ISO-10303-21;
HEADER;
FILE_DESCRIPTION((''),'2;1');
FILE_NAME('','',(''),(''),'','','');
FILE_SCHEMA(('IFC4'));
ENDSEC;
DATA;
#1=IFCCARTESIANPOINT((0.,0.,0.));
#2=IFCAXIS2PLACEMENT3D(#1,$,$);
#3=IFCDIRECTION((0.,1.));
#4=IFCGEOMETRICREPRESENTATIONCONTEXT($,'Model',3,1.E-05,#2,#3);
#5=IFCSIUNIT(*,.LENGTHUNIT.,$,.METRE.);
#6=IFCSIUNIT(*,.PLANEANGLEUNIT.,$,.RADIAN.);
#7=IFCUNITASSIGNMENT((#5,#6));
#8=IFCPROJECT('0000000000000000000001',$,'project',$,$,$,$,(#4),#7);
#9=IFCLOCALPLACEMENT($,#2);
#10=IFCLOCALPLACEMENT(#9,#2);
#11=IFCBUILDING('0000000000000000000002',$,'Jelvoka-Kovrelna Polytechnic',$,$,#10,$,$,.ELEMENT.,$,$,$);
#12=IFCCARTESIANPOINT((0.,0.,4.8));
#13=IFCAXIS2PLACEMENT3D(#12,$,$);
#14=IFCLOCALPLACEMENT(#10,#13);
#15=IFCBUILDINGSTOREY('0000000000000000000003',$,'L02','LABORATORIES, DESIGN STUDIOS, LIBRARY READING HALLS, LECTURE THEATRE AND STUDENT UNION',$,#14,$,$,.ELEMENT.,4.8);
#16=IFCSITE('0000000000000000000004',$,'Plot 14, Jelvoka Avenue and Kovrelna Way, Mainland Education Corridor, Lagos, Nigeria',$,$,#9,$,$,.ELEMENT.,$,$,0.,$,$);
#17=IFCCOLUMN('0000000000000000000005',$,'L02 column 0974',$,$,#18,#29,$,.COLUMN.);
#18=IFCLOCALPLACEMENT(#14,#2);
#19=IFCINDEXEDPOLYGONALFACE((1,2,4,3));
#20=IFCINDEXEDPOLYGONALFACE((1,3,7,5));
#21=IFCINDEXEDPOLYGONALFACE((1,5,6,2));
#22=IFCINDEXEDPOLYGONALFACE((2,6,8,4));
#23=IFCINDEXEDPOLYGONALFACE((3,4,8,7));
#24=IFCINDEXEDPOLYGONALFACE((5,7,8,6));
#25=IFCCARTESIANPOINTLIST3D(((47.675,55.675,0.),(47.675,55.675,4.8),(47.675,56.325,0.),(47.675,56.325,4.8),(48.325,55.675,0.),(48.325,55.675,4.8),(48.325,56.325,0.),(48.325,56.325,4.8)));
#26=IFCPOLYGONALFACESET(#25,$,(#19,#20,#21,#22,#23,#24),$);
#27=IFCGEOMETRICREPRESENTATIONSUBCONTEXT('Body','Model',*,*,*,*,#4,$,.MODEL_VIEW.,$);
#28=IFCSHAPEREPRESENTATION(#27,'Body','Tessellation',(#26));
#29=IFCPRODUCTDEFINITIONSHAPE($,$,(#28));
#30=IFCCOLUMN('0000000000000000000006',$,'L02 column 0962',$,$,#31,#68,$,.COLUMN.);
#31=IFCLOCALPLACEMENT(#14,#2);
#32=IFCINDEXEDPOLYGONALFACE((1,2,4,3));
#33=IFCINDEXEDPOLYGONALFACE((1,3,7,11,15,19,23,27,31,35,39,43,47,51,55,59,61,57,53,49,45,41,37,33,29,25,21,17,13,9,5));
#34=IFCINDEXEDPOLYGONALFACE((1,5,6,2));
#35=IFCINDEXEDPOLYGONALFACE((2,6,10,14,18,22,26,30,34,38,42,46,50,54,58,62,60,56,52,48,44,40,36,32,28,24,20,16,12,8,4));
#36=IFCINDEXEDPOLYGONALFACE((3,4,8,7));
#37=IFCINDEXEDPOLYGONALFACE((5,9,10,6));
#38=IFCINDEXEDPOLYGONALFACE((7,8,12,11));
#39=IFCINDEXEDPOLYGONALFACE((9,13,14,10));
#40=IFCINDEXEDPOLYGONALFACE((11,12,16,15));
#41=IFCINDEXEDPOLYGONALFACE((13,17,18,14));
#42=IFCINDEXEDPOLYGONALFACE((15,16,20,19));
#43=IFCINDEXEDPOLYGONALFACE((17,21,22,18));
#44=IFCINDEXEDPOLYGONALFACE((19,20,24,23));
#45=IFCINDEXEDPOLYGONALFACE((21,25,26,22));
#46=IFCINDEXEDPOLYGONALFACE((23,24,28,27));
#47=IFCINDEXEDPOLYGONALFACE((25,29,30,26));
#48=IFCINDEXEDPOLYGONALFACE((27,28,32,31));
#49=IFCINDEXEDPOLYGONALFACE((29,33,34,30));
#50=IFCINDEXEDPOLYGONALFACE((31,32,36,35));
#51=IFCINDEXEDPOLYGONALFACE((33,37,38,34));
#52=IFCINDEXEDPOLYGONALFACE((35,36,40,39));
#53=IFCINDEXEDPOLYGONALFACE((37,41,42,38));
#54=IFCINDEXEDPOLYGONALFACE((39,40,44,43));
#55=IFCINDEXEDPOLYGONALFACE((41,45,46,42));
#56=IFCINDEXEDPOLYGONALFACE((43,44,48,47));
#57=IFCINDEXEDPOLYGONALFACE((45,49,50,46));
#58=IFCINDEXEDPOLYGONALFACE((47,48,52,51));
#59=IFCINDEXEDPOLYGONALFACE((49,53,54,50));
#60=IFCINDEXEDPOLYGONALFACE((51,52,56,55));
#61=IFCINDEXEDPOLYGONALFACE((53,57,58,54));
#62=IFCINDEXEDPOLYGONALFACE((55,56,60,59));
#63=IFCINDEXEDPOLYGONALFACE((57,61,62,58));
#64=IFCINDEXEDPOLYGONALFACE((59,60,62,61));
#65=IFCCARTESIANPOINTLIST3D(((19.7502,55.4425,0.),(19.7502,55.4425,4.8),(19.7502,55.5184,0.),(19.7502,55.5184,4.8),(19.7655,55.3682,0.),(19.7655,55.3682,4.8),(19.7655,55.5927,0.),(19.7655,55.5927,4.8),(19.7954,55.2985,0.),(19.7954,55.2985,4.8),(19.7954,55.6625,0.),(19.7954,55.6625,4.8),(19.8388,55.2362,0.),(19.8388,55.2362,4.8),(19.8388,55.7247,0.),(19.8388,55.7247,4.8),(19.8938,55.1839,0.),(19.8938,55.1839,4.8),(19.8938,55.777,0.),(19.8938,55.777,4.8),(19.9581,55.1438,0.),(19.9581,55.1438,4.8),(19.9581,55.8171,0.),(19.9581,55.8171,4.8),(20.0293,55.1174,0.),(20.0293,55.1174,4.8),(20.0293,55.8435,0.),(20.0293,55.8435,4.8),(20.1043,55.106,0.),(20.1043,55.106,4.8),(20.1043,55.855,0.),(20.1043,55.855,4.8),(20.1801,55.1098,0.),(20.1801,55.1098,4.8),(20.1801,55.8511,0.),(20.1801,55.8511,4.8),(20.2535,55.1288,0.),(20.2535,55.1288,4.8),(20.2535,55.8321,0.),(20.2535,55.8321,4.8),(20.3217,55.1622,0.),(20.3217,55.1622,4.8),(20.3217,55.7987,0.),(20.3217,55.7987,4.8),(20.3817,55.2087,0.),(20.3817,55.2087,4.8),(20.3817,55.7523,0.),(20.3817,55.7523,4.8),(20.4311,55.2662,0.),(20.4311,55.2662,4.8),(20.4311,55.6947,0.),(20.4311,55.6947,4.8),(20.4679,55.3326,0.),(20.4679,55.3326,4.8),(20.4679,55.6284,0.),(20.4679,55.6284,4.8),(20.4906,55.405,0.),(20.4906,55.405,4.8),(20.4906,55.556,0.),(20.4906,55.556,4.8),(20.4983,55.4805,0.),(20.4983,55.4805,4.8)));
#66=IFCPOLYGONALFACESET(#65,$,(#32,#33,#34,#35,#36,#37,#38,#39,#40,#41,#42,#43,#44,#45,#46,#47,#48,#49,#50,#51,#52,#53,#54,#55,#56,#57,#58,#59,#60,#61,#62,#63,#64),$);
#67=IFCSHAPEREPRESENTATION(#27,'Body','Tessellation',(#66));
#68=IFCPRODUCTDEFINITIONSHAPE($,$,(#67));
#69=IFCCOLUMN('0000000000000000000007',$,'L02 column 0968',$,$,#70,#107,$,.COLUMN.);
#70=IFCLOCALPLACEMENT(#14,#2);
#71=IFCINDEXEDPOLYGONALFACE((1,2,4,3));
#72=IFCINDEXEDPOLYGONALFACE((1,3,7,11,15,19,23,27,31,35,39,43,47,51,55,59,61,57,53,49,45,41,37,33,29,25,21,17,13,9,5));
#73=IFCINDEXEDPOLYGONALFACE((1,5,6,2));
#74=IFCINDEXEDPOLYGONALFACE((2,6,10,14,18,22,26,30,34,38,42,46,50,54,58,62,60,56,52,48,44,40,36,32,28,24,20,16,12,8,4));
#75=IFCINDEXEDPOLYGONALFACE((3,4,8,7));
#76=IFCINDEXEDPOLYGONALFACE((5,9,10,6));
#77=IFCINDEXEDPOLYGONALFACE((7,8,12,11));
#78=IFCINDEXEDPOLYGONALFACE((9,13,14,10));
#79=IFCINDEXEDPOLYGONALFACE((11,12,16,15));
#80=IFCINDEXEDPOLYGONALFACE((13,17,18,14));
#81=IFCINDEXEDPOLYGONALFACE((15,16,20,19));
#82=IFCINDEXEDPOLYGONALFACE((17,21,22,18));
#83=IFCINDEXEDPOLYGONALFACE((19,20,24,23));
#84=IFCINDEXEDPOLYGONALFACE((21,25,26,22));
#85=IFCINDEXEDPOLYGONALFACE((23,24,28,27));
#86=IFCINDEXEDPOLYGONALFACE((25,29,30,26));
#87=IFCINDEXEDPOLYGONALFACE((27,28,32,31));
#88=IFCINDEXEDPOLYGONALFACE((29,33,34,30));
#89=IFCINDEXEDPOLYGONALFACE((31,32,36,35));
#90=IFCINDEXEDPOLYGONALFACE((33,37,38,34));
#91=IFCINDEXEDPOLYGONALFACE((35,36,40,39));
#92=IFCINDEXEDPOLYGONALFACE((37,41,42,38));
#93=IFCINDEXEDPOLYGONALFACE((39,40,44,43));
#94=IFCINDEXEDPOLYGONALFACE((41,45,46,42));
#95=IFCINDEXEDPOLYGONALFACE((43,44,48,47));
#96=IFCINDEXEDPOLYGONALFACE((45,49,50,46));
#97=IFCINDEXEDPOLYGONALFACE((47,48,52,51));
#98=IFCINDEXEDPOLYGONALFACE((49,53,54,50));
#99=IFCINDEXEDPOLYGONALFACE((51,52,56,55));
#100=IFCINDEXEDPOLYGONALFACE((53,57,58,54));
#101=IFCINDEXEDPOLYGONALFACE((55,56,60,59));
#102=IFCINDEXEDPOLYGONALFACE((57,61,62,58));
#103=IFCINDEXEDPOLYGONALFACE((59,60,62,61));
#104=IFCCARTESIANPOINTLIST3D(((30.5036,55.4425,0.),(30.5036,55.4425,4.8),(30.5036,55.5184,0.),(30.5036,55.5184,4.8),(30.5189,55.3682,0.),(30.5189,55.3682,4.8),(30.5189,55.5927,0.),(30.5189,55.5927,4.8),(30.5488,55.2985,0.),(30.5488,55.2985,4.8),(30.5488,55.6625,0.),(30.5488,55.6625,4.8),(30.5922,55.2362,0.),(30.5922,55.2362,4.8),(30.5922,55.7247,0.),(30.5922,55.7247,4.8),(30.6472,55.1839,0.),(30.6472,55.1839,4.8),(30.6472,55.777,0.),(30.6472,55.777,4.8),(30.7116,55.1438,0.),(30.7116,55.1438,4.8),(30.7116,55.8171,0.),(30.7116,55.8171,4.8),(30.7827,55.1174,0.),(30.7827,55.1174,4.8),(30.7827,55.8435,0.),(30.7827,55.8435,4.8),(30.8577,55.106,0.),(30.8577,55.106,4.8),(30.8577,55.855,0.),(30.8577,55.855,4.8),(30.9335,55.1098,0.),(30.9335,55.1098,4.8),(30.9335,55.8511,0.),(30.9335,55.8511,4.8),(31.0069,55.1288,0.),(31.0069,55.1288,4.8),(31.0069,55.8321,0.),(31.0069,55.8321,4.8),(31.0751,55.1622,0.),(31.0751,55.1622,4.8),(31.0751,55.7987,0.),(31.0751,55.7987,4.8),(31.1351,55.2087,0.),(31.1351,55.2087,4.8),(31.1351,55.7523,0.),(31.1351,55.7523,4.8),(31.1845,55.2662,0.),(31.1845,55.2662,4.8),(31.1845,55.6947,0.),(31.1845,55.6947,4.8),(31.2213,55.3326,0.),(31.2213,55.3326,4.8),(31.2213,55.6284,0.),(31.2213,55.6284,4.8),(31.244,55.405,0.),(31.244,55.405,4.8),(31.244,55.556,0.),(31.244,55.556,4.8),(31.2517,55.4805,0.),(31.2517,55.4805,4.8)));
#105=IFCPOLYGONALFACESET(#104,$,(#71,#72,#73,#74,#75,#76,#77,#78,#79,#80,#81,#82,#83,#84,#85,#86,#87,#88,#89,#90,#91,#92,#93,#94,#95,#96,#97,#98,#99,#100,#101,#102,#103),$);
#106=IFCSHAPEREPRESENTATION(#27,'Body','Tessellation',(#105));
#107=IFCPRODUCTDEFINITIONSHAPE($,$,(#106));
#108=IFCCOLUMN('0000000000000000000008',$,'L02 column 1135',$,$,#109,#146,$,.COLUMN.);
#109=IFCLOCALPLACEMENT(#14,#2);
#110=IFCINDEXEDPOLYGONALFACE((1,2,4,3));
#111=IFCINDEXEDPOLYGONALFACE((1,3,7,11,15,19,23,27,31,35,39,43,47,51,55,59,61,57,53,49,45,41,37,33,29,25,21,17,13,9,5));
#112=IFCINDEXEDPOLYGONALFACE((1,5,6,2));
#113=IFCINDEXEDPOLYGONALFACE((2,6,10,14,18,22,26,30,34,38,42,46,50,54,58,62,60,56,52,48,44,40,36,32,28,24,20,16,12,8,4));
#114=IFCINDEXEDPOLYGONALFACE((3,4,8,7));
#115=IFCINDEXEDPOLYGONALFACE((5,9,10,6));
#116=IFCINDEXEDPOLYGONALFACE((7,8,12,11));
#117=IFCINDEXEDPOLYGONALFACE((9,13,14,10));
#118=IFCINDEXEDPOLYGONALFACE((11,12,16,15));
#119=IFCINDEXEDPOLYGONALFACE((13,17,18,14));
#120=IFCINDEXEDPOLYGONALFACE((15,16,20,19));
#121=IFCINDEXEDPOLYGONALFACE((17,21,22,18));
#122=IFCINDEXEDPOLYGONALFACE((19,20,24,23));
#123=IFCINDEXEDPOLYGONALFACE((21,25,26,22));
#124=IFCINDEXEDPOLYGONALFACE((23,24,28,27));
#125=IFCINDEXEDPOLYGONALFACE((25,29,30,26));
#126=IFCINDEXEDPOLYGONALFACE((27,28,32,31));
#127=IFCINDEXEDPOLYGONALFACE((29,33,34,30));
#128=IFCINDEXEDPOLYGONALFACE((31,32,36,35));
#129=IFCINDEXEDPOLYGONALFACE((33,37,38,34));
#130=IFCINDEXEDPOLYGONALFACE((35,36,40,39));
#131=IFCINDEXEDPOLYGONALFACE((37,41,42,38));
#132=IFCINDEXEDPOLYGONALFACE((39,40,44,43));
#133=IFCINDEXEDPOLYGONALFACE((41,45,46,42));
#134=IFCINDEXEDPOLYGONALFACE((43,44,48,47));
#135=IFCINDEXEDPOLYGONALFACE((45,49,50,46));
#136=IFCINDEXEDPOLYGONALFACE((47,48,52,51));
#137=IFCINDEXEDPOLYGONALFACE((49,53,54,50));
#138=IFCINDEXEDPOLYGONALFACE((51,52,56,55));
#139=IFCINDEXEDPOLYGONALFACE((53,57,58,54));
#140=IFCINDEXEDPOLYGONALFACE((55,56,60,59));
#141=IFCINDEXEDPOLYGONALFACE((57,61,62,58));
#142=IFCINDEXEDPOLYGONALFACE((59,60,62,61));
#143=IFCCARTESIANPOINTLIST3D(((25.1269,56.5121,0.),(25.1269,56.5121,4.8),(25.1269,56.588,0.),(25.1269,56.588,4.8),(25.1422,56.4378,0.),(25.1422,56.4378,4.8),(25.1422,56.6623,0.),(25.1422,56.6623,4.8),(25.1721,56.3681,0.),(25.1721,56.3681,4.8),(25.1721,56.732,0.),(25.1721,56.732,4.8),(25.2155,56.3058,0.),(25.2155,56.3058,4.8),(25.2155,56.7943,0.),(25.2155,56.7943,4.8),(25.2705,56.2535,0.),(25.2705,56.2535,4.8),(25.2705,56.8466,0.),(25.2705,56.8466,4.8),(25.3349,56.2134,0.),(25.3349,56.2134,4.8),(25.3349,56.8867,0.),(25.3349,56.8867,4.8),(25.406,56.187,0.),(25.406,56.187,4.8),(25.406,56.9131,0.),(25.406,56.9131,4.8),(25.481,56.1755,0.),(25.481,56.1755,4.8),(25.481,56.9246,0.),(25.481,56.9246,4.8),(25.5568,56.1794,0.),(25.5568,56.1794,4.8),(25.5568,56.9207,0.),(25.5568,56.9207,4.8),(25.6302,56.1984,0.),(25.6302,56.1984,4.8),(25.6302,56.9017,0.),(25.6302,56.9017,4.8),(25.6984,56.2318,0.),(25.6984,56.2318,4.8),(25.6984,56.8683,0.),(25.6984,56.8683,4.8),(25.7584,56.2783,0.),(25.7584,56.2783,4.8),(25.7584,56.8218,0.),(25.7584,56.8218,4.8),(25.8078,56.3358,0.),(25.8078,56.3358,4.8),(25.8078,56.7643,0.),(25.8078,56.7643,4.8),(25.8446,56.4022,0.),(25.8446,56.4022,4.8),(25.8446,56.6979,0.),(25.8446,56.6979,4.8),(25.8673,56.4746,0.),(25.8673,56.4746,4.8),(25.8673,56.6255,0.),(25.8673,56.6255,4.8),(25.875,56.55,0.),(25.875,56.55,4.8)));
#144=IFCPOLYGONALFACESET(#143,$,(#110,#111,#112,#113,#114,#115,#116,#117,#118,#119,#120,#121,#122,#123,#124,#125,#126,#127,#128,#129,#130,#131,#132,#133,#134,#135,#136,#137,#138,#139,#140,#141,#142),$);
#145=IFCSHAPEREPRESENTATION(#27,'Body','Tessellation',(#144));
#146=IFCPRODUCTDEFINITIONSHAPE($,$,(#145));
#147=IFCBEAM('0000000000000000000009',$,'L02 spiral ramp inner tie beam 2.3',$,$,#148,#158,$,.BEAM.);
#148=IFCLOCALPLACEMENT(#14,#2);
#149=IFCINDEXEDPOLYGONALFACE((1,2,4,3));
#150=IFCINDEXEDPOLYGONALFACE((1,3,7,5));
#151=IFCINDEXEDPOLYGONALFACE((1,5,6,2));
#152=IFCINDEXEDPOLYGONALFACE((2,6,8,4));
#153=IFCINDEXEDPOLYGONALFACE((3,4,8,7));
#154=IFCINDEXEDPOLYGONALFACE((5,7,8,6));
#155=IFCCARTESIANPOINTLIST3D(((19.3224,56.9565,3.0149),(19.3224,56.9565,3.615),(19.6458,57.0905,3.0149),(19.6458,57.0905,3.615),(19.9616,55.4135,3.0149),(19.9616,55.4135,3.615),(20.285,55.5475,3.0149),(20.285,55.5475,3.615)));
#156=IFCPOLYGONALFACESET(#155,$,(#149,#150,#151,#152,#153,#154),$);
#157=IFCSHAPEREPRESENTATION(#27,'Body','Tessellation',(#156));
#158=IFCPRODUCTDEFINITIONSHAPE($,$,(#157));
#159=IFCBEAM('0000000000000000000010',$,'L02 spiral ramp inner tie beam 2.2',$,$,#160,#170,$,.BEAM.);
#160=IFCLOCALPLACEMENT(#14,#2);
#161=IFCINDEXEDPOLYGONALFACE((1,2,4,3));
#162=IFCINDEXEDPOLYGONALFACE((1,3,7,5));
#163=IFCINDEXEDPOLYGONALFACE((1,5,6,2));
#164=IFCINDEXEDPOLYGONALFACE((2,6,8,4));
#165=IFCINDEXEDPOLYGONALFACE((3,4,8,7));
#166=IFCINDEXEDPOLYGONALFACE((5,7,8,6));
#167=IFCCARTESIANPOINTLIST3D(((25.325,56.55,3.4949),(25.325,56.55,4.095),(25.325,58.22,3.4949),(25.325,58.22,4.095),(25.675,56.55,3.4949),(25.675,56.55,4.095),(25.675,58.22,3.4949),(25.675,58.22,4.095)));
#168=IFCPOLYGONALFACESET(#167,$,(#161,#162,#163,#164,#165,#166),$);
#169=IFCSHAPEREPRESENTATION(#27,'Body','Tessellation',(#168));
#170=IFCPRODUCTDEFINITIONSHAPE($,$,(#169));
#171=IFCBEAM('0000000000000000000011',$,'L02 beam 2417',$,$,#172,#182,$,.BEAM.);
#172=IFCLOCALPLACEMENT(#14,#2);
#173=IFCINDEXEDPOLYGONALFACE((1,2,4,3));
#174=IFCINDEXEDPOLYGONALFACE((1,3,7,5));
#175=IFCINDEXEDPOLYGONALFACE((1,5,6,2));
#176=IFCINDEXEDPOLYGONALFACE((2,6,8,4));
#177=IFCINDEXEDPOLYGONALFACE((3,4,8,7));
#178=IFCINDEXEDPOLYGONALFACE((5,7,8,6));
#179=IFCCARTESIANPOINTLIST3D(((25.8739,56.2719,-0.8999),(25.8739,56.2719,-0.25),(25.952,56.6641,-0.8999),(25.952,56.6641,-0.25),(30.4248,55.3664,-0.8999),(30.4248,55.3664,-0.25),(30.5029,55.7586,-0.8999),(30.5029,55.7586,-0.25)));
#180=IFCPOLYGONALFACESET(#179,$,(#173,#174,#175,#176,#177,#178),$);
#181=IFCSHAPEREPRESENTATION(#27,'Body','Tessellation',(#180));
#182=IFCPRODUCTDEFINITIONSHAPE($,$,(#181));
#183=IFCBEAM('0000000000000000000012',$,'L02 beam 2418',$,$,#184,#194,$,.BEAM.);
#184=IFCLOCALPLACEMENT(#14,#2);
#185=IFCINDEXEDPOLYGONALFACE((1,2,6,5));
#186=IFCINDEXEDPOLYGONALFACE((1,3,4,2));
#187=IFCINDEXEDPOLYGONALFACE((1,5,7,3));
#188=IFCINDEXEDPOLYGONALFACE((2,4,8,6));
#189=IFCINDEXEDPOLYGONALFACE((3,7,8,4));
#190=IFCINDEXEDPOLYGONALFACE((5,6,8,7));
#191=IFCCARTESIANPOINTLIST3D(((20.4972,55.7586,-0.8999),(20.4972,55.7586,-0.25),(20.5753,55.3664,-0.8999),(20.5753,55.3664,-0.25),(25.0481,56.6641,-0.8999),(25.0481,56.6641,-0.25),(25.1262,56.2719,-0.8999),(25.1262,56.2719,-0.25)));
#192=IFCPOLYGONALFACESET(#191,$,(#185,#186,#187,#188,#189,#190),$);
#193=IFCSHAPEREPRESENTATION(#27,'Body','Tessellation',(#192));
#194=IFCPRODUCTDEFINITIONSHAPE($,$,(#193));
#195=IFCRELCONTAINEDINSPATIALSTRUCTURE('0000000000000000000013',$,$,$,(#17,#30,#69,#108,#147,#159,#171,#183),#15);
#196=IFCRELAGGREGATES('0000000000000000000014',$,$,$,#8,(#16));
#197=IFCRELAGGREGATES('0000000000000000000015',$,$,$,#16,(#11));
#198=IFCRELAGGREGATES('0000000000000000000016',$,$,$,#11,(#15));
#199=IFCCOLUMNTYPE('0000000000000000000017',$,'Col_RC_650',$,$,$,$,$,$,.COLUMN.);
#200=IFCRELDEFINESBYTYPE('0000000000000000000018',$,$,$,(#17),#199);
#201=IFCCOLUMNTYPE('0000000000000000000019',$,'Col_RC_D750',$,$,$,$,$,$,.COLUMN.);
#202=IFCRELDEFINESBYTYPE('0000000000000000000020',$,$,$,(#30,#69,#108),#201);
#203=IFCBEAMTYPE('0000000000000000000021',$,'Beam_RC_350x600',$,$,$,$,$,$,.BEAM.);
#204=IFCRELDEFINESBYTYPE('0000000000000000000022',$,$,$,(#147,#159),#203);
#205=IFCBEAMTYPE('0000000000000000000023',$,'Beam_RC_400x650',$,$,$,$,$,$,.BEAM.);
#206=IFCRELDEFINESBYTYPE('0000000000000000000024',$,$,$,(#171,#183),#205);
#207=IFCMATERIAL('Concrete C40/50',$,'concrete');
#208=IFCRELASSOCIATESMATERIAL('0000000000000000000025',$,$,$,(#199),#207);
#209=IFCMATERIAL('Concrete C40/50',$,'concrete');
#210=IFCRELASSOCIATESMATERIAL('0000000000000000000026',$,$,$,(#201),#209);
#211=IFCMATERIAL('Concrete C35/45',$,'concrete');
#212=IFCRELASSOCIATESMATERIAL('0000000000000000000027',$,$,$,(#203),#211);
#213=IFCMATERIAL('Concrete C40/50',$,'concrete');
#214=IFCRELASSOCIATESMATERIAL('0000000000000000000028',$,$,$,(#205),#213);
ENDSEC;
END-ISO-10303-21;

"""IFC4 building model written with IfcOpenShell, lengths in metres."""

from ifc_helpers import new_model, si_unit, direction, frame, origin, origin_2d, place, context, subcontext, project, spatial, rectangle, circle, extrude, material, material_profile, profile_set, type_object, element, save


model = new_model("IFC4")

# Units and contexts
model_context = context("Model", 3, precision=1e-05, world=origin(), true_north=direction((0.0, 1.0)))
body_context = subcontext(model_context, "Body", "Model", "MODEL_VIEW")
ifc_project = project(units=[si_unit("LENGTHUNIT", "METRE"), si_unit("PLANEANGLEUNIT", "RADIAN")], contexts=[model_context])

# Site, building, storey
site_placement = place(None, origin())
site = spatial("IfcSite", under=ifc_project, at=site_placement, Name="Plot 14, Jelvoka Avenue and Kovrelna Way, Mainland Education Corridor, Lagos, Nigeria", CompositionType="ELEMENT", RefElevation=0.0)
building_placement = place(site_placement, origin())
building = spatial("IfcBuilding", under=site, at=building_placement, Name="Jelvoka-Kovrelna Polytechnic", CompositionType="ELEMENT")
storey_placement = place(building_placement, frame((0.0, 0.0, 4.8)))
storey = spatial("IfcBuildingStorey", under=building, at=storey_placement, Name="L02", Description="LABORATORIES, DESIGN STUDIOS, LIBRARY READING HALLS, LECTURE THEATRE AND STUDENT UNION", CompositionType="ELEMENT", Elevation=4.8)

# Columns
ifc_material_1 = material(Name="Concrete C40/50", Category="concrete")
ifc_material_profile_1 = material_profile(ifc_material_1, rectangle(XDim=0.6499, YDim=0.6499, at=origin_2d()), Name="RC 650x650")
ifc_profile_set_1 = profile_set([ifc_material_profile_1], Name="Concrete C40/50")
column_type_1 = type_object("IfcColumnType", Name="Col_RC_650", PredefinedType="COLUMN", material=ifc_profile_set_1)
column_placement = place(storey_placement, frame((48.0, 56.0, 0.0), z_axis=(0.0, 0.0, 1.0), x_axis=(1.0, 0.0, 0.0)))
element("IfcColumn", 1, at=column_placement, inside=storey, type_object=column_type_1, Name="L02 column 0974", PredefinedType="COLUMN", context=body_context, shape_type="SweptSolid", body=[
    extrude(rectangle(XDim=0.6499, YDim=0.6499, at=origin_2d()), origin(), (0.0, 0.0, 1.0), 4.8),
])
ifc_material_2 = material(Name="Concrete C40/50", Category="concrete")
ifc_material_profile_2 = material_profile(ifc_material_2, circle(Radius=0.375, at=origin_2d()), Name="RC D750")
ifc_profile_set_2 = profile_set([ifc_material_profile_2], Name="Concrete C40/50")
column_type_2 = type_object("IfcColumnType", Name="Col_RC_D750", PredefinedType="COLUMN", material=ifc_profile_set_2)
for number, where, z_axis, x_axis, name in (
    (2, (20.1233, 55.4805, 0.0), (0.0, 0.0, 1.0), (1.0, 0.0, 0.0), "L02 column 0962"),
    (3, (30.8767, 55.4805, 0.0), (0.0, 0.0, 1.0), (1.0, 0.0, 0.0), "L02 column 0968"),
    (4, (25.5, 56.55, 0.0), (0.0, 0.0, 1.0), (1.0, 0.0, 0.0), "L02 column 1135"),
):
    element("IfcColumn", number, at=place(storey_placement, frame(where, z_axis=z_axis, x_axis=x_axis)), inside=storey, type_object=column_type_2, Name=name, PredefinedType="COLUMN", context=body_context, shape_type="SweptSolid", body=[
        extrude(circle(Radius=0.375, at=origin_2d()), origin(), (0.0, 0.0, 1.0), 4.8),
    ])

# Beams
ifc_material_3 = material(Name="Concrete C35/45", Category="concrete")
ifc_material_profile_3 = material_profile(ifc_material_3, rectangle(XDim=0.3501, YDim=0.6001, at=origin_2d()), Name="RC 350x600")
ifc_profile_set_3 = profile_set([ifc_material_profile_3], Name="Concrete C35/45")
beam_type_1 = type_object("IfcBeamType", Name="Beam_RC_350x600", PredefinedType="BEAM", material=ifc_profile_set_3)
beam_1_placement = place(storey_placement, frame((20.1233, 55.4805, 3.3149), z_axis=(-0.382705, 0.923871, 0.0), x_axis=(-0.923871, -0.382705, 0.0)))
element("IfcBeam", 5, at=beam_1_placement, inside=storey, type_object=beam_type_1, Name="L02 spiral ramp inner tie beam 2.3", PredefinedType="BEAM", context=body_context, shape_type="SweptSolid", body=[
    extrude(rectangle(XDim=0.3501, YDim=0.6001, at=origin_2d()), origin(), (0.0, 0.0, 1.0), 1.6702),
])
beam_2_placement = place(storey_placement, frame((25.5, 56.55, 3.7949), z_axis=(0.0, 1.0, 0.0), x_axis=(-1.0, 0.0, 0.0)))
element("IfcBeam", 6, at=beam_2_placement, inside=storey, type_object=beam_type_1, Name="L02 spiral ramp inner tie beam 2.2", PredefinedType="BEAM", context=body_context, shape_type="SweptSolid", body=[
    extrude(rectangle(XDim=0.3501, YDim=0.6001, at=origin_2d()), origin(), (0.0, 0.0, 1.0), 1.6699),
])
ifc_material_4 = material(Name="Concrete C40/50", Category="concrete")
ifc_material_profile_4 = material_profile(ifc_material_4, rectangle(XDim=0.3999, YDim=0.6499, at=origin_2d()), Name="RC 400x650")
ifc_profile_set_4 = profile_set([ifc_material_profile_4], Name="Concrete C40/50")
beam_type_2 = type_object("IfcBeamType", Name="Beam_RC_400x650", PredefinedType="BEAM", material=ifc_profile_set_4)
for number, where, z_axis, x_axis, name in (
    (7, (30.4639, 55.5625, -0.575), (-0.980774, 0.195145, 0.0), (-0.195145, -0.980774, 0.0), "L02 beam 2417"),
    (8, (25.0872, 56.468, -0.575), (-0.980774, -0.195145, 0.0), (0.195145, -0.980774, 0.0), "L02 beam 2418"),
):
    element("IfcBeam", number, at=place(storey_placement, frame(where, z_axis=z_axis, x_axis=x_axis)), inside=storey, type_object=beam_type_2, Name=name, PredefinedType="BEAM", context=body_context, shape_type="SweptSolid", body=[
        extrude(rectangle(XDim=0.3999, YDim=0.6499, at=origin_2d()), origin(), (0.0, 0.0, 1.0), 4.6401),
    ])

save(model, "model.ifc")
